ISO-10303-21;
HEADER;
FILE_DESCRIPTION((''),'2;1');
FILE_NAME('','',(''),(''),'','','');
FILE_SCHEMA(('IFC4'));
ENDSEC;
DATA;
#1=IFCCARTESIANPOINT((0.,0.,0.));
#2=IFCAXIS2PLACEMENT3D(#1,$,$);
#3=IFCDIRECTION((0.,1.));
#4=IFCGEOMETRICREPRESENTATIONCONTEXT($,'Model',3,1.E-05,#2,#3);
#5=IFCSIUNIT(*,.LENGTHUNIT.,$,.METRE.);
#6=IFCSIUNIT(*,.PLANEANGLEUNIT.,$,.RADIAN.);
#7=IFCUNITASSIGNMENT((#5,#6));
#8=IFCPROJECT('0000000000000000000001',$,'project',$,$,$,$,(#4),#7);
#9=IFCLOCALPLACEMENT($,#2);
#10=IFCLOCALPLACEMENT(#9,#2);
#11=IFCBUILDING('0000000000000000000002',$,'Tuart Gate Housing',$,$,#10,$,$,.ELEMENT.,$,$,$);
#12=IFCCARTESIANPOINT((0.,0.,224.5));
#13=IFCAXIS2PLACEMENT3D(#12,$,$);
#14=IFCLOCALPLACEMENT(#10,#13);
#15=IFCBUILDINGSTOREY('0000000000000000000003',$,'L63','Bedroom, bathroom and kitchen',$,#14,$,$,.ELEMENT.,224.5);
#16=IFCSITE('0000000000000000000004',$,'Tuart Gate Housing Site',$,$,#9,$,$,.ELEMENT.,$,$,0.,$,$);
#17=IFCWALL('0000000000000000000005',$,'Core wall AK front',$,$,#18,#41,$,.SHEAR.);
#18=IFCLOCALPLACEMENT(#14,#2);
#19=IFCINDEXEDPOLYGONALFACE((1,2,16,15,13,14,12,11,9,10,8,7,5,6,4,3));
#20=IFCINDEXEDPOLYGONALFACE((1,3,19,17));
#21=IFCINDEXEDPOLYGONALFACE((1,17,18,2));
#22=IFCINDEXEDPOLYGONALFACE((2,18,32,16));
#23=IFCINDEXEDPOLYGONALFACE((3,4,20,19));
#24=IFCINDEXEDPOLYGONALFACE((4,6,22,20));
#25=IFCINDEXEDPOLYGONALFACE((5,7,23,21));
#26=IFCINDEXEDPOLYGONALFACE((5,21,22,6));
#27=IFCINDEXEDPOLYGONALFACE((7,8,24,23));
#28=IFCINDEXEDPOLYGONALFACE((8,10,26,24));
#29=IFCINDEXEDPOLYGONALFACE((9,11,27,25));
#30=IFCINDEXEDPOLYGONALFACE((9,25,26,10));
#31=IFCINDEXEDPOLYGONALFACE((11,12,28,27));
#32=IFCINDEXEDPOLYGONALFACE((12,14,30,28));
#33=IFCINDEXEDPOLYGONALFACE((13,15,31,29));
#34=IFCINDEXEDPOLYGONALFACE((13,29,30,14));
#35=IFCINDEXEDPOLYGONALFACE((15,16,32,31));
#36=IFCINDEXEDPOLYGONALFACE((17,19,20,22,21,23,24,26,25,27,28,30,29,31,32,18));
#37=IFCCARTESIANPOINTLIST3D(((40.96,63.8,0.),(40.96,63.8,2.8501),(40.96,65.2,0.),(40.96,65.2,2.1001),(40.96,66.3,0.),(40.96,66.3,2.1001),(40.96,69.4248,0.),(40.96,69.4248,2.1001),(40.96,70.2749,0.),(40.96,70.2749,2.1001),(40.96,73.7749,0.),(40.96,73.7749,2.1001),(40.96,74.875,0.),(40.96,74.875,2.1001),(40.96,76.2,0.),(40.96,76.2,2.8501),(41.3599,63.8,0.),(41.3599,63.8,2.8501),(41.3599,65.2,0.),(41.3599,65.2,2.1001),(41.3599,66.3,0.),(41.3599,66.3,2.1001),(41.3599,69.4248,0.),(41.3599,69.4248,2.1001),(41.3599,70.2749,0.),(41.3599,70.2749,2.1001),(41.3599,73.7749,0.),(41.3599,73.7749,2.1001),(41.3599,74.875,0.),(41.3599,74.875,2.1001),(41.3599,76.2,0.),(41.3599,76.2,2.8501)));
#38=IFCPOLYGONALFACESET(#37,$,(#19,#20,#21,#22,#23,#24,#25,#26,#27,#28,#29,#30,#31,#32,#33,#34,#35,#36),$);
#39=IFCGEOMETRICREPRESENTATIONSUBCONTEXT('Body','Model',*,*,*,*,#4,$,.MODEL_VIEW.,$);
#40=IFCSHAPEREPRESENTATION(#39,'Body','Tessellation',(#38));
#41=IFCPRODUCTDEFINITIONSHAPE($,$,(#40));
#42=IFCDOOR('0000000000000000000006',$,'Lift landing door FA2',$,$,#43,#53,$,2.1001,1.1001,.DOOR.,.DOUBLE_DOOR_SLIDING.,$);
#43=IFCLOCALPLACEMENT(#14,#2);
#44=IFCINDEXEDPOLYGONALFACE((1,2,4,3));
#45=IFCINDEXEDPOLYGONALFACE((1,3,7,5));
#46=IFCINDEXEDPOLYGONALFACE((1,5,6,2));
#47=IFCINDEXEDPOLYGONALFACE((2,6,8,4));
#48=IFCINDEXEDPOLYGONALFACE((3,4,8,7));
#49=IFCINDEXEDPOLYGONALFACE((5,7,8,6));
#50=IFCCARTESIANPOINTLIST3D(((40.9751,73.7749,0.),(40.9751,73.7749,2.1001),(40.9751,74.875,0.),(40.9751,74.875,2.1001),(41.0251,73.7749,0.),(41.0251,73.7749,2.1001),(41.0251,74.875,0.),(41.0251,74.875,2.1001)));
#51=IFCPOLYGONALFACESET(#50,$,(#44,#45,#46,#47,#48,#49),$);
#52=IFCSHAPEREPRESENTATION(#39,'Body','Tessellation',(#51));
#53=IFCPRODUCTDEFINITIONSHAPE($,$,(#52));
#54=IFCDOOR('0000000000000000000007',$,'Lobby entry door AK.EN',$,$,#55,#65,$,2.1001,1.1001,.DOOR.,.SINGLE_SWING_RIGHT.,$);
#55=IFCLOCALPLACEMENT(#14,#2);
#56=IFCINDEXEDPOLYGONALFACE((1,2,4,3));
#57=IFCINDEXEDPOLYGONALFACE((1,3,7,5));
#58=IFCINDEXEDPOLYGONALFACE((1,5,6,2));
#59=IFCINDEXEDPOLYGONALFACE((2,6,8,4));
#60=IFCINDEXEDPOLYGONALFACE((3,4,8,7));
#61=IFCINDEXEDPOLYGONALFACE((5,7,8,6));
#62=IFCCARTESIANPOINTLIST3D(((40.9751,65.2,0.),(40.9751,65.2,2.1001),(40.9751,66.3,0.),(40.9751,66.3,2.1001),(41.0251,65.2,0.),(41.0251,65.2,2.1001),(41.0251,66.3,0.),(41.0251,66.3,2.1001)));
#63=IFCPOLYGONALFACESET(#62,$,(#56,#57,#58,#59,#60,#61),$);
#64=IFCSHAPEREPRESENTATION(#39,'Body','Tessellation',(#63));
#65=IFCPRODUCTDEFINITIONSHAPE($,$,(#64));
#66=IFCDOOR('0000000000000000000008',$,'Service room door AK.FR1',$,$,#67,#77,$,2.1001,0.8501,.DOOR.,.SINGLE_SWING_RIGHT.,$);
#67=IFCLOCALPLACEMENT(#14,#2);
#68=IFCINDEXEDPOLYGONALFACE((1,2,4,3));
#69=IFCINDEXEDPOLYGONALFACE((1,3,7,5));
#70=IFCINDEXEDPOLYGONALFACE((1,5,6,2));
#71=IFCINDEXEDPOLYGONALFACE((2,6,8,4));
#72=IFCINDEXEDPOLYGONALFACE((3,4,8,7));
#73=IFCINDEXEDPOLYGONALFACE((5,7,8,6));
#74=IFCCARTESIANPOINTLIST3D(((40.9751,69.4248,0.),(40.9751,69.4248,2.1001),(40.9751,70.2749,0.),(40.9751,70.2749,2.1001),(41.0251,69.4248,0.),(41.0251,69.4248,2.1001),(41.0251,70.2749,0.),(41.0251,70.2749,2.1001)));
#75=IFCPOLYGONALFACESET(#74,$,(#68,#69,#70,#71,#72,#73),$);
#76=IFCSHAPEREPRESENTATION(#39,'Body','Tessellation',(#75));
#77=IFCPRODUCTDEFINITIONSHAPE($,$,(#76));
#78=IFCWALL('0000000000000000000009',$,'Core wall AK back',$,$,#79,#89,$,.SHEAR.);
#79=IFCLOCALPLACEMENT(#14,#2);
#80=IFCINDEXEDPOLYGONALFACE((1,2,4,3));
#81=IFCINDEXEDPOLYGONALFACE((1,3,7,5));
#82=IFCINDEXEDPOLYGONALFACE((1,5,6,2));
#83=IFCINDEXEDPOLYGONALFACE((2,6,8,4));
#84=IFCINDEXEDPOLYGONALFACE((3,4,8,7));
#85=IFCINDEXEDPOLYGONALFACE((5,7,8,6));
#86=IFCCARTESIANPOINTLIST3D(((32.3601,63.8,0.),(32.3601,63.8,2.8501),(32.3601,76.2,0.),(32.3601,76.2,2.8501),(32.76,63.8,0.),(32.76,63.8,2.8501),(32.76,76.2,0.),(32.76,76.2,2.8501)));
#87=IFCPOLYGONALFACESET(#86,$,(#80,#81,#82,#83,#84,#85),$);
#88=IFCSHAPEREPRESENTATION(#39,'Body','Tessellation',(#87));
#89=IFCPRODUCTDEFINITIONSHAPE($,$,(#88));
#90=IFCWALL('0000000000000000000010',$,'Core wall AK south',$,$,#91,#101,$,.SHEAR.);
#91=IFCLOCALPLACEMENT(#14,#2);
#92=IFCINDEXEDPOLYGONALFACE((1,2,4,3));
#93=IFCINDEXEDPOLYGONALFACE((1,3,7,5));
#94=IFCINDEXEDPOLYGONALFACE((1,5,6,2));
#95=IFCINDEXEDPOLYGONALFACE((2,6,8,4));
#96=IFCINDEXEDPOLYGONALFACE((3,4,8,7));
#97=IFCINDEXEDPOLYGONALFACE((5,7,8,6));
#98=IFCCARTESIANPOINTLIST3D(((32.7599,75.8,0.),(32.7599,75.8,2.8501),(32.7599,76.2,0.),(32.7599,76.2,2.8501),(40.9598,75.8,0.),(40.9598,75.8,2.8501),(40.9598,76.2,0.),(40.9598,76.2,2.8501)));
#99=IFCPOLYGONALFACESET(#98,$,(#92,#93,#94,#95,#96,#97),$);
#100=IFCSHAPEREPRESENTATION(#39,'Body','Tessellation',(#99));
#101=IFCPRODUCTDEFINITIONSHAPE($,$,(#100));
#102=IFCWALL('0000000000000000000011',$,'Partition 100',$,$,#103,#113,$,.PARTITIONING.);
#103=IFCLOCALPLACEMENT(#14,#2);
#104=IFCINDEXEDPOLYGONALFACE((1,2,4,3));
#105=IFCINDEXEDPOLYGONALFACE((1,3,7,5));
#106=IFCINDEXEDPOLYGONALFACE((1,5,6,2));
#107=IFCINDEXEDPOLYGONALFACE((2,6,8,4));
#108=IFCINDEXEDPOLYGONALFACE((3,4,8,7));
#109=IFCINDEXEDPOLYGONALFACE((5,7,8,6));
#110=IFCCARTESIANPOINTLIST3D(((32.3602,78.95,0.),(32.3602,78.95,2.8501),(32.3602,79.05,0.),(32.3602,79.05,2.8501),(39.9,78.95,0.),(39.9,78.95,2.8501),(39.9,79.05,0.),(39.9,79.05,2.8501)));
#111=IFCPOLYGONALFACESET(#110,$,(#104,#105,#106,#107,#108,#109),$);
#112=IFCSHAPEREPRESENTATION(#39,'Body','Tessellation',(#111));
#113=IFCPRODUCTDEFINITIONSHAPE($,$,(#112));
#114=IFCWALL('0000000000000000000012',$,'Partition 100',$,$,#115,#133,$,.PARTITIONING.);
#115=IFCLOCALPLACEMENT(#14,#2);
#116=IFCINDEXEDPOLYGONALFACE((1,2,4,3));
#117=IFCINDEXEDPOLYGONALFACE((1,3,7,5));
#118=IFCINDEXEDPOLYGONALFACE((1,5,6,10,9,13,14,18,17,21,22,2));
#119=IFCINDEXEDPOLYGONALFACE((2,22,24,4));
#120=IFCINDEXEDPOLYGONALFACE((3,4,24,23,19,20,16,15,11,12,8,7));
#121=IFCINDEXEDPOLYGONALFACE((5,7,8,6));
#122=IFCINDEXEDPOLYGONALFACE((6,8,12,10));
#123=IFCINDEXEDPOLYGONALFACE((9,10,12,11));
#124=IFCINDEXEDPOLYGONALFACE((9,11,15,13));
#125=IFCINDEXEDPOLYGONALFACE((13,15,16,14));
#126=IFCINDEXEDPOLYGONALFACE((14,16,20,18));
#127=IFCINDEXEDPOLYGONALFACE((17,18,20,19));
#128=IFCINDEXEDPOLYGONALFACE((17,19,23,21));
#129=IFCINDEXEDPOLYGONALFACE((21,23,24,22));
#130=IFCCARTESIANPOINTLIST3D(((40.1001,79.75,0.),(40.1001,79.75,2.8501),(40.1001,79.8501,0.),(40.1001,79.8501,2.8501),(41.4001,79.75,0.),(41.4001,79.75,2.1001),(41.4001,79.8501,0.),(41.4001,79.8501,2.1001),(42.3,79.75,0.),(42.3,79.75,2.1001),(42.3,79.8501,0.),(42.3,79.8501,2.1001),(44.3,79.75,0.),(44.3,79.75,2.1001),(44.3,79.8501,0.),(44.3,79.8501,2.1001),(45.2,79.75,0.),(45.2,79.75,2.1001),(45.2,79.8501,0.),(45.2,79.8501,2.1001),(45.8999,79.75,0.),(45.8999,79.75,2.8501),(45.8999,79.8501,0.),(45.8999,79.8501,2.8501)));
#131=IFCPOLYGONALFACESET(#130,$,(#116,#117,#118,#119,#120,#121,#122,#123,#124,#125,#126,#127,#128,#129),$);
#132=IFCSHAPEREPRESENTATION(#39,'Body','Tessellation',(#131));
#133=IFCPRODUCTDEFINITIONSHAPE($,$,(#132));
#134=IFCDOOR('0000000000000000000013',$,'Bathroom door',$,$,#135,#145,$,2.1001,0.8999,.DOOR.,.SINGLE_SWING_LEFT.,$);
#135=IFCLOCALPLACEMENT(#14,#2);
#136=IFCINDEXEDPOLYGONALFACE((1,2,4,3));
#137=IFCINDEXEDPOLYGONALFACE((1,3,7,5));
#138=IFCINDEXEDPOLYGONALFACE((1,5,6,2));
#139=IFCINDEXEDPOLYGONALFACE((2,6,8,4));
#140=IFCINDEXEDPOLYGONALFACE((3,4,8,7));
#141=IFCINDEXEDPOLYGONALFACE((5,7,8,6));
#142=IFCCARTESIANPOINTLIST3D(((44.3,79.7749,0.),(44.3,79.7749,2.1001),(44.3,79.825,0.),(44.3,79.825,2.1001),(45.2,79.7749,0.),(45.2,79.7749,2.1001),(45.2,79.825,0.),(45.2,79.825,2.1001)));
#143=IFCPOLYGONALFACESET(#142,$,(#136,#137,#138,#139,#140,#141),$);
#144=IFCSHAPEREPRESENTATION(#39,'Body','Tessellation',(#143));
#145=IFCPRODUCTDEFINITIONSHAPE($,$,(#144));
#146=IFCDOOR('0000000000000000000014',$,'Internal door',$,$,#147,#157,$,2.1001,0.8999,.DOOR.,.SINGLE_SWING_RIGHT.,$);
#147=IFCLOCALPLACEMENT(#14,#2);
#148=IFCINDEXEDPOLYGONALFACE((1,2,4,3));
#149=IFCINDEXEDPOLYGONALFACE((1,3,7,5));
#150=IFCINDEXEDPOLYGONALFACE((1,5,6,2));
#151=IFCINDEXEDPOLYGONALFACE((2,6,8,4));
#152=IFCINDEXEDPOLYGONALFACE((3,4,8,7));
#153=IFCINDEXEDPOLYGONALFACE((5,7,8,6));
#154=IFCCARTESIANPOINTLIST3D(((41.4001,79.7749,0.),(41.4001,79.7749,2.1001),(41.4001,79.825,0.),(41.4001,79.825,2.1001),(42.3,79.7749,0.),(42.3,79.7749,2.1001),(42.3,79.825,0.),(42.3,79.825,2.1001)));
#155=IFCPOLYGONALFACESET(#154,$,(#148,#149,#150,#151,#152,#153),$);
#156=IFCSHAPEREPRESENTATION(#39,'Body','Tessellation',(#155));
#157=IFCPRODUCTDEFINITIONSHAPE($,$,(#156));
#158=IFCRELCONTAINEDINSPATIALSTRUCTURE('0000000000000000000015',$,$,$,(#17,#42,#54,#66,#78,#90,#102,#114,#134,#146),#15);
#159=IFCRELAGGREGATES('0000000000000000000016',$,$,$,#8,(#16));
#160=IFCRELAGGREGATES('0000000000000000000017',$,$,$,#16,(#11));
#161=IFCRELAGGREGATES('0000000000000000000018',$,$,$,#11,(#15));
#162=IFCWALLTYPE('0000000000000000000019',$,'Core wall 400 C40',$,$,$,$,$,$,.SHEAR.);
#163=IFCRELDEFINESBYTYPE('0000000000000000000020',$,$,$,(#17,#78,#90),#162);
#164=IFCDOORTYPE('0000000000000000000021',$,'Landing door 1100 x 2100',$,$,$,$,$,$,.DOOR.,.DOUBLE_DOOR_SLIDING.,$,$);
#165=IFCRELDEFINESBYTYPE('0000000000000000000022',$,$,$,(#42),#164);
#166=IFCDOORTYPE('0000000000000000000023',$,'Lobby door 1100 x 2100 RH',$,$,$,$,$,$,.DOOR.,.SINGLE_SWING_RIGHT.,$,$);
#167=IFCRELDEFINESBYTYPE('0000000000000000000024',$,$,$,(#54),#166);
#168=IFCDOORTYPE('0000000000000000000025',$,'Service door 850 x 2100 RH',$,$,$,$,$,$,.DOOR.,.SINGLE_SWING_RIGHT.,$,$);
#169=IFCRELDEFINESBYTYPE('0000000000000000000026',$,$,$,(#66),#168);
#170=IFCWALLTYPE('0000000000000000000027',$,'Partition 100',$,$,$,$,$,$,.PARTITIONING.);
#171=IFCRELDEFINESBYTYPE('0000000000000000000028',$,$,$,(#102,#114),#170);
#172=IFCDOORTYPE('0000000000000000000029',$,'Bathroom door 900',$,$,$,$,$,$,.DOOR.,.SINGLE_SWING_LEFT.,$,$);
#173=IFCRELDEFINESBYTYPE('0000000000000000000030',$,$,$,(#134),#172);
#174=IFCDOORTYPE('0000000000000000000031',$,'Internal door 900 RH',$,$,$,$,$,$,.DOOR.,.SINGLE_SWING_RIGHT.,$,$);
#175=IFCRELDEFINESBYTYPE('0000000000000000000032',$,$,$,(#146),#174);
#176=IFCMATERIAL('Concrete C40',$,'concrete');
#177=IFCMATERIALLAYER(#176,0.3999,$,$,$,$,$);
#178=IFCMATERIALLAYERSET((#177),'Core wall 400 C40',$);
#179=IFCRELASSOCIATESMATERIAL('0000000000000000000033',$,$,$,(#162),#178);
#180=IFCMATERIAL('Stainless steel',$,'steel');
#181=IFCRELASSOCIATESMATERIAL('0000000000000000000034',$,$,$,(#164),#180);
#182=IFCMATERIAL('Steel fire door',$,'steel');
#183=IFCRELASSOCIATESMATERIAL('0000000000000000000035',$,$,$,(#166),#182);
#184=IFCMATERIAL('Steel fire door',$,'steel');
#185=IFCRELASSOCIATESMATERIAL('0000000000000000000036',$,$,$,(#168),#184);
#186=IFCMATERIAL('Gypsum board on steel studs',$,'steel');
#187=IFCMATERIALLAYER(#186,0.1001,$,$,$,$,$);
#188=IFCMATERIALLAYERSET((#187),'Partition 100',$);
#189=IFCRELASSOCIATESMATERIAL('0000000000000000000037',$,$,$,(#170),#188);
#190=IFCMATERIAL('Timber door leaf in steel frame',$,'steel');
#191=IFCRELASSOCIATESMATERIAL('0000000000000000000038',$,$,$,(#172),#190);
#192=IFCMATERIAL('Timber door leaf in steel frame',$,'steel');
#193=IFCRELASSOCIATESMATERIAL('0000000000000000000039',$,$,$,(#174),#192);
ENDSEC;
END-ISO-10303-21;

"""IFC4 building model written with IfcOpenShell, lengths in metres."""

from ifc_helpers import new_model, si_unit, direction, frame, frame_2d, origin, place, context, subcontext, project, spatial, rectangle, extrude, material, layer, layer_set, type_object, element, fill, save


model = new_model("IFC4")

# Units and contexts
model_context = context("Model", 3, precision=1e-05, world=origin(), true_north=direction((0.0, 1.0)))
body_context = subcontext(model_context, "Body", "Model", "MODEL_VIEW")
ifc_project = project(units=[si_unit("LENGTHUNIT", "METRE"), si_unit("PLANEANGLEUNIT", "RADIAN")], contexts=[model_context])

# Site, building, storey
site_placement = place(None, origin())
site = spatial("IfcSite", under=ifc_project, at=site_placement, Name="Tuart Gate Housing Site", CompositionType="ELEMENT", RefElevation=0.0)
building_placement = place(site_placement, origin())
building = spatial("IfcBuilding", under=site, at=building_placement, Name="Tuart Gate Housing", CompositionType="ELEMENT")
storey_placement = place(building_placement, frame((0.0, 0.0, 224.5)))
storey = spatial("IfcBuildingStorey", under=building, at=storey_placement, Name="L63", Description="Bedroom, bathroom and kitchen", CompositionType="ELEMENT", Elevation=224.5)

# Wall, openings, doors
ifc_material_1 = material(Name="Concrete C40", Category="concrete")
ifc_layer_1 = layer(ifc_material_1, 0.3999)
ifc_layer_set_1 = layer_set([ifc_layer_1], Name="Core wall 400 C40")
wall_type_1 = type_object("IfcWallType", Name="Core wall 400 C40", PredefinedType="SHEAR", material=ifc_layer_set_1)
wall_1_placement = place(storey_placement, frame((41.1599, 76.2, 0.0), z_axis=(0.0, 0.0, 1.0), x_axis=(0.0, -1.0, 0.0)))
wall_1 = element("IfcWall", 1, at=wall_1_placement, inside=storey, type_object=wall_type_1, Name="Core wall AK front", PredefinedType="SHEAR", context=body_context, shape_type="SweptSolid", body=[
    extrude(rectangle(XDim=12.3999, YDim=0.3999, at=frame_2d((6.2, 0.0))), origin(), (0.0, 0.0, 1.0), 2.8501),
])
opening_1_placement = place(wall_1_placement, frame((1.325, 0.0, 0.0)))
opening_1 = element("IfcOpeningElement", 2, at=opening_1_placement, cuts=wall_1, PredefinedType="OPENING", context=body_context, shape_type="SweptSolid", body=[
    extrude(rectangle(XDim=1.1001, YDim=2.1001, at=frame_2d((0.55, 1.05))), frame((0.0, 0.21, 0.0), z_axis=(0.0, -1.0, 0.0), x_axis=(1.0, 0.0, 0.0)), (0.0, 0.0, 1.0), 0.4199),
])
opening_2_placement = place(wall_1_placement, frame((5.925, 0.0, 0.0)))
opening_2 = element("IfcOpeningElement", 3, at=opening_2_placement, cuts=wall_1, PredefinedType="OPENING", context=body_context, shape_type="SweptSolid", body=[
    extrude(rectangle(XDim=0.8501, YDim=2.1001, at=frame_2d((0.425, 1.05))), frame((0.0, 0.21, 0.0), z_axis=(0.0, -1.0, 0.0), x_axis=(1.0, 0.0, 0.0)), (0.0, 0.0, 1.0), 0.4199),
])
opening_3_placement = place(wall_1_placement, frame((9.8999, 0.0, 0.0)))
opening_3 = element("IfcOpeningElement", 4, at=opening_3_placement, cuts=wall_1, PredefinedType="OPENING", context=body_context, shape_type="SweptSolid", body=[
    extrude(rectangle(XDim=1.1001, YDim=2.1001, at=frame_2d((0.55, 1.05))), frame((0.0, 0.21, 0.0), z_axis=(0.0, -1.0, 0.0), x_axis=(1.0, 0.0, 0.0)), (0.0, 0.0, 1.0), 0.4199),
])
ifc_material_2 = material(Name="Stainless steel", Category="steel")
door_type_1 = type_object("IfcDoorType", Name="Landing door 1100 x 2100", OperationType="DOUBLE_DOOR_SLIDING", PredefinedType="DOOR", material=ifc_material_2)
door_1_placement = place(opening_1_placement, origin())
door_1 = element("IfcDoor", 5, at=door_1_placement, inside=storey, type_object=door_type_1, Name="Lift landing door FA2", OperationType="DOUBLE_DOOR_SLIDING", OverallHeight=2.1001, OverallWidth=1.1001, PredefinedType="DOOR", context=body_context, shape_type="SweptSolid", body=[
    extrude(rectangle(XDim=1.1001, YDim=2.1001, at=frame_2d((0.55, 1.05))), frame((0.0, -0.1348, 0.0), z_axis=(0.0, -1.0, 0.0), x_axis=(1.0, 0.0, 0.0)), (0.0, 0.0, 1.0), 0.05),
])
fill(opening_1, door_1)
ifc_material_3 = material(Name="Steel fire door", Category="steel")
door_type_2 = type_object("IfcDoorType", Name="Lobby door 1100 x 2100 RH", OperationType="SINGLE_SWING_RIGHT", PredefinedType="DOOR", material=ifc_material_3)
door_2_placement = place(opening_3_placement, frame((1.1001, 0.0, 0.0), z_axis=(0.0, 0.0, 1.0), x_axis=(-1.0, 0.0, 0.0)))
door_2 = element("IfcDoor", 6, at=door_2_placement, inside=storey, type_object=door_type_2, Name="Lobby entry door AK.EN", OperationType="SINGLE_SWING_RIGHT", OverallHeight=2.1001, OverallWidth=1.1001, PredefinedType="DOOR", context=body_context, shape_type="SweptSolid", body=[
    extrude(rectangle(XDim=1.1001, YDim=2.1001, at=frame_2d((0.55, 1.05))), frame((0.0, 0.1848, 0.0), z_axis=(0.0, -1.0, 0.0), x_axis=(1.0, 0.0, 0.0)), (0.0, 0.0, 1.0), 0.05),
])
fill(opening_3, door_2)
ifc_material_4 = material(Name="Steel fire door", Category="steel")
door_type_3 = type_object("IfcDoorType", Name="Service door 850 x 2100 RH", OperationType="SINGLE_SWING_RIGHT", PredefinedType="DOOR", material=ifc_material_4)
door_3_placement = place(opening_2_placement, frame((0.8501, 0.0, 0.0), z_axis=(0.0, 0.0, 1.0), x_axis=(-1.0, 0.0, 0.0)))
door_3 = element("IfcDoor", 7, at=door_3_placement, inside=storey, type_object=door_type_3, Name="Service room door AK.FR1", OperationType="SINGLE_SWING_RIGHT", OverallHeight=2.1001, OverallWidth=0.8501, PredefinedType="DOOR", context=body_context, shape_type="SweptSolid", body=[
    extrude(rectangle(XDim=0.8501, YDim=2.1001, at=frame_2d((0.425, 1.05))), frame((0.0, 0.1848, 0.0), z_axis=(0.0, -1.0, 0.0), x_axis=(1.0, 0.0, 0.0)), (0.0, 0.0, 1.0), 0.05),
])
fill(opening_2, door_3)

# Walls
wall_2_placement = place(storey_placement, frame((32.5601, 76.2, 0.0), z_axis=(0.0, 0.0, 1.0), x_axis=(0.0, -1.0, 0.0)))
element("IfcWall", 8, at=wall_2_placement, inside=storey, type_object=wall_type_1, Name="Core wall AK back", PredefinedType="SHEAR", context=body_context, shape_type="SweptSolid", body=[
    extrude(rectangle(XDim=12.3999, YDim=0.3999, at=frame_2d((6.2, 0.0))), origin(), (0.0, 0.0, 1.0), 2.8501),
])
wall_3_placement = place(storey_placement, frame((40.96, 76.0, 0.0), z_axis=(0.0, 0.0, 1.0), x_axis=(-1.0, 0.0, 0.0)))
element("IfcWall", 9, at=wall_3_placement, inside=storey, type_object=wall_type_1, Name="Core wall AK south", PredefinedType="SHEAR", context=body_context, shape_type="SweptSolid", body=[
    extrude(rectangle(XDim=8.2, YDim=0.3999, at=frame_2d((4.1001, 0.0))), origin(), (0.0, 0.0, 1.0), 2.8501),
])
ifc_material_5 = material(Name="Gypsum board on steel studs", Category="steel")
ifc_layer_2 = layer(ifc_material_5, 0.1001)
ifc_layer_set_2 = layer_set([ifc_layer_2], Name="Partition 100")
wall_type_2 = type_object("IfcWallType", Name="Partition 100", PredefinedType="PARTITIONING", material=ifc_layer_set_2)
wall_4_placement = place(storey_placement, frame((32.3601, 79.0, 0.0), z_axis=(0.0, 0.0, 1.0), x_axis=(1.0, 0.0, 0.0)))
element("IfcWall", 10, at=wall_4_placement, inside=storey, type_object=wall_type_2, Name="Partition 100", PredefinedType="PARTITIONING", context=body_context, shape_type="SweptSolid", body=[
    extrude(rectangle(XDim=7.5398, YDim=0.1001, at=frame_2d((3.77, 0.0))), origin(), (0.0, 0.0, 1.0), 2.8501),
])

# Wall, openings, doors
wall_5_placement = place(storey_placement, frame((40.1001, 79.8, 0.0), z_axis=(0.0, 0.0, 1.0), x_axis=(1.0, 0.0, 0.0)))
wall_5 = element("IfcWall", 11, at=wall_5_placement, inside=storey, type_object=wall_type_2, Name="Partition 100", PredefinedType="PARTITIONING", context=body_context, shape_type="SweptSolid", body=[
    extrude(rectangle(XDim=5.7998, YDim=0.1001, at=frame_2d((2.8999, 0.0))), origin(), (0.0, 0.0, 1.0), 2.8501),
])
opening_4_placement = place(wall_5_placement, frame((1.3, 0.0, 0.0)))
opening_4 = element("IfcOpeningElement", 12, at=opening_4_placement, cuts=wall_5, PredefinedType="OPENING", context=body_context, shape_type="SweptSolid", body=[
    extrude(rectangle(XDim=0.8999, YDim=2.1001, at=frame_2d((0.45, 1.05))), frame((0.0, 0.0601, 0.0), z_axis=(0.0, -1.0, 0.0), x_axis=(1.0, 0.0, 0.0)), (0.0, 0.0, 1.0), 0.1201),
])
opening_5_placement = place(wall_5_placement, frame((4.2, 0.0, 0.0)))
opening_5 = element("IfcOpeningElement", 13, at=opening_5_placement, cuts=wall_5, PredefinedType="OPENING", context=body_context, shape_type="SweptSolid", body=[
    extrude(rectangle(XDim=0.8999, YDim=2.1001, at=frame_2d((0.45, 1.05))), frame((0.0, 0.0601, 0.0), z_axis=(0.0, -1.0, 0.0), x_axis=(1.0, 0.0, 0.0)), (0.0, 0.0, 1.0), 0.1201),
])
ifc_material_6 = material(Name="Timber door leaf in steel frame", Category="steel")
door_type_4 = type_object("IfcDoorType", Name="Bathroom door 900", OperationType="SINGLE_SWING_LEFT", PredefinedType="DOOR", material=ifc_material_6)
door_4_placement = place(opening_5_placement, origin())
door_4 = element("IfcDoor", 14, at=door_4_placement, inside=storey, type_object=door_type_4, Name="Bathroom door", OperationType="SINGLE_SWING_LEFT", OverallHeight=2.1001, OverallWidth=0.8999, PredefinedType="DOOR", context=body_context, shape_type="SweptSolid", body=[
    extrude(rectangle(XDim=0.8999, YDim=2.1001, at=frame_2d((0.45, 1.05))), frame((0.0, 0.0249, 0.0), z_axis=(0.0, -1.0, 0.0), x_axis=(1.0, 0.0, 0.0)), (0.0, 0.0, 1.0), 0.05),
])
fill(opening_5, door_4)
ifc_material_7 = material(Name="Timber door leaf in steel frame", Category="steel")
door_type_5 = type_object("IfcDoorType", Name="Internal door 900 RH", OperationType="SINGLE_SWING_RIGHT", PredefinedType="DOOR", material=ifc_material_7)
door_5_placement = place(opening_4_placement, frame((0.8999, 0.0, 0.0), z_axis=(0.0, 0.0, 1.0), x_axis=(-1.0, 0.0, 0.0)))
door_5 = element("IfcDoor", 15, at=door_5_placement, inside=storey, type_object=door_type_5, Name="Internal door", OperationType="SINGLE_SWING_RIGHT", OverallHeight=2.1001, OverallWidth=0.8999, PredefinedType="DOOR", context=body_context, shape_type="SweptSolid", body=[
    extrude(rectangle(XDim=0.8999, YDim=2.1001, at=frame_2d((0.45, 1.05))), frame((0.0, 0.0251, 0.0), z_axis=(0.0, -1.0, 0.0), x_axis=(1.0, 0.0, 0.0)), (0.0, 0.0, 1.0), 0.05),
])
fill(opening_4, door_5)

save(model, "model.ifc")
